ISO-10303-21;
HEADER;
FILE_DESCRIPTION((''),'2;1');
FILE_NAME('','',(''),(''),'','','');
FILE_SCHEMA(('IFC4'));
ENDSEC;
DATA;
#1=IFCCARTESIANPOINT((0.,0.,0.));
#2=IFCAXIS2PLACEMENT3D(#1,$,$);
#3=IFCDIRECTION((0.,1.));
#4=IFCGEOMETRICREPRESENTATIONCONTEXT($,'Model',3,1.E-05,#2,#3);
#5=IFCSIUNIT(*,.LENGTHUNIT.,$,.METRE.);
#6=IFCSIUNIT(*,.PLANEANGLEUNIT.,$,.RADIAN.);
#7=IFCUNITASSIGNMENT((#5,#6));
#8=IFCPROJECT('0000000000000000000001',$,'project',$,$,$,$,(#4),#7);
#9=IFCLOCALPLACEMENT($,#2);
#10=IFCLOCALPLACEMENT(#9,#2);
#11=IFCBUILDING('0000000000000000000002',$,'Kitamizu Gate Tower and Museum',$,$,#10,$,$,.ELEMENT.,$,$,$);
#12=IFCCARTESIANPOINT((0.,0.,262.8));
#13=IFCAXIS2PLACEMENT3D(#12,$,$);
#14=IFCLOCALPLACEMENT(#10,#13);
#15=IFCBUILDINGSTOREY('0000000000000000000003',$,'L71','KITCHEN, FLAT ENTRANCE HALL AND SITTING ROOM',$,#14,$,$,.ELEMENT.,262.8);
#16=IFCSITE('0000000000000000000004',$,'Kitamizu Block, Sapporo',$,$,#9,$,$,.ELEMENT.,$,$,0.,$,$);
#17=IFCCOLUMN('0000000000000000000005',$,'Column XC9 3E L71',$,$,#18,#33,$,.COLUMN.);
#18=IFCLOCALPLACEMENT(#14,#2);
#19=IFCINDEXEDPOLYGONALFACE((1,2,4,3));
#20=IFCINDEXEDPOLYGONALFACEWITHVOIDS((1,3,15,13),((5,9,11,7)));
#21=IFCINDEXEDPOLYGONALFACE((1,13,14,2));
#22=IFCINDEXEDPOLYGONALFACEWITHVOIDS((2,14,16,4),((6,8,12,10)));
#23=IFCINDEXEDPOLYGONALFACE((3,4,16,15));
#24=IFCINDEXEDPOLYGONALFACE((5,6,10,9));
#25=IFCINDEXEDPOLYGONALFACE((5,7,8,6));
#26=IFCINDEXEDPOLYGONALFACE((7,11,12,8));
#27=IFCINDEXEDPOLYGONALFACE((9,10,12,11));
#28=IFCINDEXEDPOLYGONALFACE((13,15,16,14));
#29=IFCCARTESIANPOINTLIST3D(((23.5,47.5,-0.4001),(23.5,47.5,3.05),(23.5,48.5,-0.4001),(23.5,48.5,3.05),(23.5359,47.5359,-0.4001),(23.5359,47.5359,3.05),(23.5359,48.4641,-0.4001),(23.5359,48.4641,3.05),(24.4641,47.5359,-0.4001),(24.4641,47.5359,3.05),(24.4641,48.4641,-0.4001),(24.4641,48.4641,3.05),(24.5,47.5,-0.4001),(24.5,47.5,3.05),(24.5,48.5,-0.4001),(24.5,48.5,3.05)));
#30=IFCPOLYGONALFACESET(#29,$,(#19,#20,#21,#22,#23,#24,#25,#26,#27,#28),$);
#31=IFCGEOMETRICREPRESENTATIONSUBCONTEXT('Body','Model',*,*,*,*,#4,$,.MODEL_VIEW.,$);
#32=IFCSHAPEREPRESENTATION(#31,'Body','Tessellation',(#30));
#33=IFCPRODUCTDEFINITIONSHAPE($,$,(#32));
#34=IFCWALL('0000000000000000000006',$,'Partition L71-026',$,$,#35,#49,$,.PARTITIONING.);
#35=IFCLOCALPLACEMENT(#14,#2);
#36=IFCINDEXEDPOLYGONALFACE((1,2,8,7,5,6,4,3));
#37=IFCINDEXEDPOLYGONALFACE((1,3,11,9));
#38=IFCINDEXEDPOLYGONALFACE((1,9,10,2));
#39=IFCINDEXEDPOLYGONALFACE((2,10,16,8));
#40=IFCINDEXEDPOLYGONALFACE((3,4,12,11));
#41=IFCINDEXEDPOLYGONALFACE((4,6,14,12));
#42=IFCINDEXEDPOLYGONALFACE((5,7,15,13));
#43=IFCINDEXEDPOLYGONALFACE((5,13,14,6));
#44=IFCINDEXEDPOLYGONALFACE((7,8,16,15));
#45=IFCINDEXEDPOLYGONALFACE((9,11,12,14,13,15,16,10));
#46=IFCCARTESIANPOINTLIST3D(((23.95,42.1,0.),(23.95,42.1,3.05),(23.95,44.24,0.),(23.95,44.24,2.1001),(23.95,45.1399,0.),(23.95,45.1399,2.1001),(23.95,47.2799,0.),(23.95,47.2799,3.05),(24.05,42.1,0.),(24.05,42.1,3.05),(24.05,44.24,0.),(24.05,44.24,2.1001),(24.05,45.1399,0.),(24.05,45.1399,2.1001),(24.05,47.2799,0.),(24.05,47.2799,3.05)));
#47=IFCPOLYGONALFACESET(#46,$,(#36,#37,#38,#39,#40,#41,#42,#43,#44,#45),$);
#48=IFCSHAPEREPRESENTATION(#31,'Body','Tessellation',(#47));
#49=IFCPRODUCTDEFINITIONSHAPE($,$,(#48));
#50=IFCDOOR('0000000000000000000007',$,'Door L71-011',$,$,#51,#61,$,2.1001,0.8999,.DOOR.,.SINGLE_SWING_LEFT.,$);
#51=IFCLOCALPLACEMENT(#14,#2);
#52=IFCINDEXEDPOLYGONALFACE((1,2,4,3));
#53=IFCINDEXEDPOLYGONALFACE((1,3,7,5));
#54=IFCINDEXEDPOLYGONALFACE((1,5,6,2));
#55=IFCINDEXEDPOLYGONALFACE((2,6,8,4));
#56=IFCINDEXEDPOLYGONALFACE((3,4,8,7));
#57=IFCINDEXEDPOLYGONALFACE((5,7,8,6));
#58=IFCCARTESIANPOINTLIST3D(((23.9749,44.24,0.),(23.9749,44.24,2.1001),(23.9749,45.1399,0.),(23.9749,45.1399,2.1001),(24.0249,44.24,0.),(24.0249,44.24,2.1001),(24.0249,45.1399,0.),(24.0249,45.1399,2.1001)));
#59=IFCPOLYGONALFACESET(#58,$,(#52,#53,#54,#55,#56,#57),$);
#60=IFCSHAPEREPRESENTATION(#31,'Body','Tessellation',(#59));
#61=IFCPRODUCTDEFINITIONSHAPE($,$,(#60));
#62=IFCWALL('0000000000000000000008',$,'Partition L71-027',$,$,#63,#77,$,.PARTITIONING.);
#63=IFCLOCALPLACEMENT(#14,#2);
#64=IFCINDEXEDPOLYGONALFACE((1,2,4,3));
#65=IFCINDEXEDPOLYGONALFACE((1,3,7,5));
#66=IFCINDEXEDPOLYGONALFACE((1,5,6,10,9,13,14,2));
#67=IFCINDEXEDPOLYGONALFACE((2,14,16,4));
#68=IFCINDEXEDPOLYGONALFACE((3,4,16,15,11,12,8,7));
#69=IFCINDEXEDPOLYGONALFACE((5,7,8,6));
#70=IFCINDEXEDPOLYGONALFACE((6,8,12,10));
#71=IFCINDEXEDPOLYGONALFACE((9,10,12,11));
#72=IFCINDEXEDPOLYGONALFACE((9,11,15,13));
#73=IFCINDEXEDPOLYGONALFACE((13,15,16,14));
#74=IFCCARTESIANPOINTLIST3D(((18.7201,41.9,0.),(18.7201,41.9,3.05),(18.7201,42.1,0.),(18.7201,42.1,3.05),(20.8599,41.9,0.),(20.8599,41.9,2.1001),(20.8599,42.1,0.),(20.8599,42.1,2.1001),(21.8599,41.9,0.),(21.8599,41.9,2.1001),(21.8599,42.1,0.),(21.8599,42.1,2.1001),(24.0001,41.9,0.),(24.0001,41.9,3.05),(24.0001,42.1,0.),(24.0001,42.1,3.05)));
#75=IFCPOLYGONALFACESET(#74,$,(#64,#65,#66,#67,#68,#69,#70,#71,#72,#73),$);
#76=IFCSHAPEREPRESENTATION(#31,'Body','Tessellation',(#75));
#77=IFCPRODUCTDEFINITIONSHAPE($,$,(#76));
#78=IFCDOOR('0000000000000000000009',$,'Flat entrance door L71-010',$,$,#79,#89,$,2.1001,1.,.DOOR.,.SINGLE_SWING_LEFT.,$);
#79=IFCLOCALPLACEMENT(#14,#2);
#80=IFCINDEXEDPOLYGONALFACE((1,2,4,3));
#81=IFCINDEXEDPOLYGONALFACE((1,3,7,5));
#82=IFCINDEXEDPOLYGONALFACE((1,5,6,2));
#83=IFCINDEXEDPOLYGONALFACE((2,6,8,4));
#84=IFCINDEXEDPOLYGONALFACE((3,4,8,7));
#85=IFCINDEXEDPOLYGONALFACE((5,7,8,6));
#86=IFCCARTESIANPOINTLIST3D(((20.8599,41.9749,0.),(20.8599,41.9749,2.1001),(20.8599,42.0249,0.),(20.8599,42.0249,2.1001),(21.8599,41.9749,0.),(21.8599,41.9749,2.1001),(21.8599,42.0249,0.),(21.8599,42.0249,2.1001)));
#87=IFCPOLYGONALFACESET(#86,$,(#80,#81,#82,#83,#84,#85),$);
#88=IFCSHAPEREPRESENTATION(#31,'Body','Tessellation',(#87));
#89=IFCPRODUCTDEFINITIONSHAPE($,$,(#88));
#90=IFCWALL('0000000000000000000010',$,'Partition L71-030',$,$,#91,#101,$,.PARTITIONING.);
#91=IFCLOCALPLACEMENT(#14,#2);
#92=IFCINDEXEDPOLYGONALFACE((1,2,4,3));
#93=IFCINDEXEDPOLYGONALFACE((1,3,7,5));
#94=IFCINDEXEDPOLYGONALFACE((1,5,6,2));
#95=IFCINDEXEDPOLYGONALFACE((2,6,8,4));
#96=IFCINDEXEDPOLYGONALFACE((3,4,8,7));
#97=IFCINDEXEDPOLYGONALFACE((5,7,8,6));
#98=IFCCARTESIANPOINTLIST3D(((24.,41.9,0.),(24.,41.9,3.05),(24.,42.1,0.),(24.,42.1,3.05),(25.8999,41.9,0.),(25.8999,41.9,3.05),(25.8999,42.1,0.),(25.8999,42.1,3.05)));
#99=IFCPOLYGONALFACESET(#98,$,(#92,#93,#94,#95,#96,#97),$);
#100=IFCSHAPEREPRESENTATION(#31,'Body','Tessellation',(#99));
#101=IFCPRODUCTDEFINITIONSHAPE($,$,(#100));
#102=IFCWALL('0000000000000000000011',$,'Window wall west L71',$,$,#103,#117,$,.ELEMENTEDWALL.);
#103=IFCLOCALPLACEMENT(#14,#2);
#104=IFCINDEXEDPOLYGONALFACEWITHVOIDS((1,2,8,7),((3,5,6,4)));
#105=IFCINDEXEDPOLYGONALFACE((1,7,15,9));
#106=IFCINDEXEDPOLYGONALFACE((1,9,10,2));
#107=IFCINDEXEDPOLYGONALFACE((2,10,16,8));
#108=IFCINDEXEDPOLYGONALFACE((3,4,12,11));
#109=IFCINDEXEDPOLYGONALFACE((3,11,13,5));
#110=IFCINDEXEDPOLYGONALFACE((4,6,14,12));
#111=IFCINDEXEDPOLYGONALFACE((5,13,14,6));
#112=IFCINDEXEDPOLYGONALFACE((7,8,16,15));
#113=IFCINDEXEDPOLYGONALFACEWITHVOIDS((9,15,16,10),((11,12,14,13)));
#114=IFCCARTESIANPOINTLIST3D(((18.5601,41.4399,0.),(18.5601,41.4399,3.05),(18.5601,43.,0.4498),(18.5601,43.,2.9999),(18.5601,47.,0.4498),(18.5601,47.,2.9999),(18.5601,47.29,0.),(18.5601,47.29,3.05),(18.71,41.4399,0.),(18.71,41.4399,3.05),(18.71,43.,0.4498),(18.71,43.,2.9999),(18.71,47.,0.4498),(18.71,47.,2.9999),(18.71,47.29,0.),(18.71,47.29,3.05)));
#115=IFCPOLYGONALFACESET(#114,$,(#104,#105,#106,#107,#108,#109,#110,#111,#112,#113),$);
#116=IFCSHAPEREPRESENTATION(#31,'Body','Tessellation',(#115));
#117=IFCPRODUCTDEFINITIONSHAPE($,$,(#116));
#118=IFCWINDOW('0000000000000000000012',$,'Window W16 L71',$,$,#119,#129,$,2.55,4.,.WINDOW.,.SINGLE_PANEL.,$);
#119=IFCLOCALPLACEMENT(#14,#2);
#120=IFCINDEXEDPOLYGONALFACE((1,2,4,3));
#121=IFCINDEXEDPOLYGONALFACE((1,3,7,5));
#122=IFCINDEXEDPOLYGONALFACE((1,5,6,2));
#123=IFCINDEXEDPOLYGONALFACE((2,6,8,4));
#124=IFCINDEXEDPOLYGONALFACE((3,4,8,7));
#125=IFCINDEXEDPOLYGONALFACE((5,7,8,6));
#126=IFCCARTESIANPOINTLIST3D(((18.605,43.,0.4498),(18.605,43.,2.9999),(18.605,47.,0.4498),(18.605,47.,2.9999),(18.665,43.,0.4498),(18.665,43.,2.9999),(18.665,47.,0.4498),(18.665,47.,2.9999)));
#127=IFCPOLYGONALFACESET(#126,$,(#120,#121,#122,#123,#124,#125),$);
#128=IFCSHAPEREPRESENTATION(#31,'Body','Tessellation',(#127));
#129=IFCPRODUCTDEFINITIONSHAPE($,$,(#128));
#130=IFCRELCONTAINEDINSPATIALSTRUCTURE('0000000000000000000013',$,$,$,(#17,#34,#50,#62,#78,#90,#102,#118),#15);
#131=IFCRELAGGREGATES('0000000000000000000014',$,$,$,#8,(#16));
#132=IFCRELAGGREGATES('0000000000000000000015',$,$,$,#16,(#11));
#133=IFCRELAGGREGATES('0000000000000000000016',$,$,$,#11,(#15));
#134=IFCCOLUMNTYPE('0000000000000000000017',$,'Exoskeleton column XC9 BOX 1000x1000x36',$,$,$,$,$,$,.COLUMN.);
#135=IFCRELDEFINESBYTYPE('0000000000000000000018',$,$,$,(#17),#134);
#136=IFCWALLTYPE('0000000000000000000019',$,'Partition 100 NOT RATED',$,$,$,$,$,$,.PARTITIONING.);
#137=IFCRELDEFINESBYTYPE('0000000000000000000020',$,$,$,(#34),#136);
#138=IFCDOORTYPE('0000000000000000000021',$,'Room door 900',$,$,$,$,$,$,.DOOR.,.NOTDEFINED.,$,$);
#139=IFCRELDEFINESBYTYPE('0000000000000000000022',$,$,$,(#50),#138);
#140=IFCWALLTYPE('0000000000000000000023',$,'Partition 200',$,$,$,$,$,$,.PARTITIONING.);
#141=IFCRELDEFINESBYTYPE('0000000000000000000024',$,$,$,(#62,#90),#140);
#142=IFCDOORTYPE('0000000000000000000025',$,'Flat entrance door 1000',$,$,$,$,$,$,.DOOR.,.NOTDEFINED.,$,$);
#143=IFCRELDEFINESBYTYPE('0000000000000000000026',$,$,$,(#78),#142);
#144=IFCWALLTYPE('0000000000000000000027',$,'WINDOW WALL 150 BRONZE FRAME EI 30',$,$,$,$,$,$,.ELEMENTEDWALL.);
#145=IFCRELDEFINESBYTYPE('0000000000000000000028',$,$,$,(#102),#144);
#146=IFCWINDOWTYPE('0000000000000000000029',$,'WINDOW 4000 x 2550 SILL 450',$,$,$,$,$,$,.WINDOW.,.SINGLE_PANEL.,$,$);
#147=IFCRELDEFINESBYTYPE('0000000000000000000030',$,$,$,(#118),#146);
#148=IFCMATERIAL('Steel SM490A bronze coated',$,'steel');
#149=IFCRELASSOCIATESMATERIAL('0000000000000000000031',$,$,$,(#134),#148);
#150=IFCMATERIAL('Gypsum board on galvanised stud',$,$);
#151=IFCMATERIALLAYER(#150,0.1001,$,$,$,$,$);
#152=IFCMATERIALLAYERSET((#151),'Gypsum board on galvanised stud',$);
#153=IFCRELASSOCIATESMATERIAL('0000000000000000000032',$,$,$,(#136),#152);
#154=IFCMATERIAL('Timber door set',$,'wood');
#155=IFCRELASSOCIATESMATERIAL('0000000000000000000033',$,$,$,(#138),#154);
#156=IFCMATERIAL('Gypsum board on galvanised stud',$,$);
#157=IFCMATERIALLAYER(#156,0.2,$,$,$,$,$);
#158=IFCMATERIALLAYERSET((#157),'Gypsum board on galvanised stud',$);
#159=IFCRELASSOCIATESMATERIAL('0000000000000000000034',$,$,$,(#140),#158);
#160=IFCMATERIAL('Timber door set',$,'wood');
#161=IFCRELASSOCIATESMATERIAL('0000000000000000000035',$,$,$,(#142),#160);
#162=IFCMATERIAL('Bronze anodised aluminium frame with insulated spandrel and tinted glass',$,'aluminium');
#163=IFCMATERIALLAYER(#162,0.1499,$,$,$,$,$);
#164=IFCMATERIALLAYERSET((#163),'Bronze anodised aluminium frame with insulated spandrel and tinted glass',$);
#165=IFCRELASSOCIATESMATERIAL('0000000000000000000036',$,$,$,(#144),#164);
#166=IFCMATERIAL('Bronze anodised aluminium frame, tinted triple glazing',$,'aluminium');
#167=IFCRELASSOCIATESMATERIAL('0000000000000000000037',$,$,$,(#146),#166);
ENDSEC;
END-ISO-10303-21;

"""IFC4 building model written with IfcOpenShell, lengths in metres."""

from ifc_helpers import new_model, si_unit, direction, frame, frame_2d, origin, origin_2d, place, context, subcontext, project, spatial, rectangle, hollow_rectangle, extrude, material, layer, layer_set, material_profile, profile_set, type_object, element, fill, save


model = new_model("IFC4")

# Units and contexts
model_context = context("Model", 3, precision=1e-05, world=origin(), true_north=direction((0.0, 1.0)))
body_context = subcontext(model_context, "Body", "Model", "MODEL_VIEW")
ifc_project = project(units=[si_unit("LENGTHUNIT", "METRE"), si_unit("PLANEANGLEUNIT", "RADIAN")], contexts=[model_context])

# Site, building, storey
site_placement = place(None, origin())
site = spatial("IfcSite", under=ifc_project, at=site_placement, Name="Kitamizu Block, Sapporo", CompositionType="ELEMENT", RefElevation=0.0)
building_placement = place(site_placement, origin())
building = spatial("IfcBuilding", under=site, at=building_placement, Name="Kitamizu Gate Tower and Museum", CompositionType="ELEMENT")
storey_placement = place(building_placement, frame((0.0, 0.0, 262.8)))
storey = spatial("IfcBuildingStorey", under=building, at=storey_placement, Name="L71", Description="KITCHEN, FLAT ENTRANCE HALL AND SITTING ROOM", CompositionType="ELEMENT", Elevation=262.8)

# Column
ifc_material_1 = material(Name="Steel SM490A bronze coated", Category="steel")
ifc_material_profile = material_profile(ifc_material_1, hollow_rectangle(XDim=1.0, YDim=1.0, WallThickness=0.0359, at=origin_2d()), Name="BOX 1000x1000x36")
ifc_profile_set = profile_set([ifc_material_profile], Name="Steel SM490A bronze coated")
column_type = type_object("IfcColumnType", Name="Exoskeleton column XC9 BOX 1000x1000x36", PredefinedType="COLUMN", material=ifc_profile_set)
column_placement = place(storey_placement, frame((24.0, 48.0, -0.4001), z_axis=(0.0, 0.0, 1.0), x_axis=(1.0, 0.0, 0.0)))
element("IfcColumn", 1, at=column_placement, inside=storey, type_object=column_type, Name="Column XC9 3E L71", PredefinedType="COLUMN", context=body_context, shape_type="SweptSolid", body=[
    extrude(hollow_rectangle(XDim=1.0, YDim=1.0, WallThickness=0.0359, at=origin_2d()), origin(), (0.0, 0.0, 1.0), 3.4502),
])

# Walls, openings, doors
ifc_material_2 = material(Name="Gypsum board on galvanised stud")
ifc_layer_1 = layer(ifc_material_2, 0.1001)
ifc_layer_set_1 = layer_set([ifc_layer_1], Name="Gypsum board on galvanised stud")
wall_type_1 = type_object("IfcWallType", Name="Partition 100 NOT RATED", PredefinedType="PARTITIONING", material=ifc_layer_set_1)
wall_1_placement = place(storey_placement, frame((24.0, 42.1001, 0.0), z_axis=(0.0, 0.0, 1.0), x_axis=(0.0, 1.0, 0.0)))
wall_1 = element("IfcWall", 2, at=wall_1_placement, inside=storey, type_object=wall_type_1, Name="Partition L71-026", PredefinedType="PARTITIONING", context=body_context, shape_type="SweptSolid", body=[
    extrude(rectangle(XDim=5.1799, YDim=0.1001, at=frame_2d((2.5898, 0.0))), origin(), (0.0, 0.0, 1.0), 3.05),
])
opening_1_placement = place(wall_1_placement, frame((2.1399, 0.0, 0.0)))
opening_1 = element("IfcOpeningElement", 3, at=opening_1_placement, cuts=wall_1, PredefinedType="OPENING", context=body_context, shape_type="SweptSolid", body=[
    extrude(rectangle(XDim=0.8999, YDim=2.1001, at=frame_2d((0.45, 1.05))), frame((0.0, 0.0601, 0.0), z_axis=(0.0, -1.0, 0.0), x_axis=(1.0, 0.0, 0.0)), (0.0, 0.0, 1.0), 0.1201),
])
ifc_material_3 = material(Name="Timber door set", Category="wood")
door_type_1 = type_object("IfcDoorType", Name="Room door 900", OperationType="NOTDEFINED", PredefinedType="DOOR", material=ifc_material_3)
door_1_placement = place(opening_1_placement, frame((0.8999, 0.0, 0.0), x_axis=(-1.0, 0.0, 0.0)))
door_1 = element("IfcDoor", 4, at=door_1_placement, inside=storey, type_object=door_type_1, Name="Door L71-011", OperationType="SINGLE_SWING_LEFT", OverallHeight=2.1001, OverallWidth=0.8999, PredefinedType="DOOR", context=body_context, shape_type="SweptSolid", body=[
    extrude(rectangle(XDim=0.8999, YDim=2.1001, at=frame_2d((0.45, 1.05))), frame((0.0, 0.0249, 0.0), z_axis=(0.0, -1.0, 0.0), x_axis=(1.0, 0.0, 0.0)), (0.0, 0.0, 1.0), 0.05),
])
fill(opening_1, door_1)
ifc_material_4 = material(Name="Gypsum board on galvanised stud")
ifc_layer_2 = layer(ifc_material_4, 0.2)
ifc_layer_set_2 = layer_set([ifc_layer_2], Name="Gypsum board on galvanised stud")
wall_type_2 = type_object("IfcWallType", Name="Partition 200", PredefinedType="PARTITIONING", material=ifc_layer_set_2)
wall_2_placement = place(storey_placement, frame((18.72, 42.0, 0.0), z_axis=(0.0, 0.0, 1.0), x_axis=(1.0, 0.0, 0.0)))
wall_2 = element("IfcWall", 5, at=wall_2_placement, inside=storey, type_object=wall_type_2, Name="Partition L71-027", PredefinedType="PARTITIONING", context=body_context, shape_type="SweptSolid", body=[
    extrude(rectangle(XDim=5.28, YDim=0.2, at=frame_2d((2.6401, 0.0))), origin(), (0.0, 0.0, 1.0), 3.05),
])
opening_2_placement = place(wall_2_placement, frame((2.1399, 0.0, 0.0)))
opening_2 = element("IfcOpeningElement", 6, at=opening_2_placement, cuts=wall_2, PredefinedType="OPENING", context=body_context, shape_type="SweptSolid", body=[
    extrude(rectangle(XDim=1.0, YDim=2.1001, at=frame_2d((0.5, 1.05))), frame((0.0, 0.1099, 0.0), z_axis=(0.0, -1.0, 0.0), x_axis=(1.0, 0.0, 0.0)), (0.0, 0.0, 1.0), 0.22),
])
ifc_material_5 = material(Name="Timber door set", Category="wood")
door_type_2 = type_object("IfcDoorType", Name="Flat entrance door 1000", OperationType="NOTDEFINED", PredefinedType="DOOR", material=ifc_material_5)
door_2_placement = place(opening_2_placement, origin())
door_2 = element("IfcDoor", 7, at=door_2_placement, inside=storey, type_object=door_type_2, Name="Flat entrance door L71-010", OperationType="SINGLE_SWING_LEFT", OverallHeight=2.1001, OverallWidth=1.0, PredefinedType="DOOR", context=body_context, shape_type="SweptSolid", body=[
    extrude(rectangle(XDim=1.0, YDim=2.1001, at=frame_2d((0.5, 1.05))), frame((0.0, 0.0249, 0.0), z_axis=(0.0, -1.0, 0.0), x_axis=(1.0, 0.0, 0.0)), (0.0, 0.0, 1.0), 0.05),
])
fill(opening_2, door_2)

# Wall
wall_3_placement = place(storey_placement, frame((24.0, 42.0, 0.0), z_axis=(0.0, 0.0, 1.0), x_axis=(1.0, 0.0, 0.0)))
element("IfcWall", 8, at=wall_3_placement, inside=storey, type_object=wall_type_2, Name="Partition L71-030", PredefinedType="PARTITIONING", context=body_context, shape_type="SweptSolid", body=[
    extrude(rectangle(XDim=1.8999, YDim=0.2, at=frame_2d((0.95, 0.0))), origin(), (0.0, 0.0, 1.0), 3.05),
])

# Shared definitions
ifc_material_6 = material(Name="Bronze anodised aluminium frame with insulated spandrel and tinted glass", Category="aluminium")
ifc_layer_3 = layer(ifc_material_6, 0.1499)
ifc_layer_set_3 = layer_set([ifc_layer_3], Name="Bronze anodised aluminium frame with insulated spandrel and tinted glass")
wall_type_3 = type_object("IfcWallType", Name="WINDOW WALL 150 BRONZE FRAME EI 30", PredefinedType="ELEMENTEDWALL", material=ifc_layer_set_3)

# Wall, opening, window
wall_4_placement = place(storey_placement, frame((18.635, 41.4399, 0.0), z_axis=(0.0, 0.0, 1.0), x_axis=(0.0, 1.0, 0.0)))
wall_4 = element("IfcWall", 9, at=wall_4_placement, inside=storey, type_object=wall_type_3, Name="Window wall west L71", PredefinedType="ELEMENTEDWALL", context=body_context, shape_type="SweptSolid", body=[
    extrude(rectangle(XDim=5.8501, YDim=0.1499, at=frame_2d((2.925, 0.0))), origin(), (0.0, 0.0, 1.0), 3.05),
])
opening_3_placement = place(wall_4_placement, frame((1.5601, 0.0, 0.45)))
opening_3 = element("IfcOpeningElement", 10, at=opening_3_placement, cuts=wall_4, PredefinedType="OPENING", context=body_context, shape_type="SweptSolid", body=[
    extrude(rectangle(XDim=4.0, YDim=2.55, at=frame_2d((2.0, 1.2749))), frame((0.0, 0.085, 0.0), z_axis=(0.0, -1.0, 0.0), x_axis=(1.0, 0.0, 0.0)), (0.0, 0.0, 1.0), 0.1699),
])
ifc_material_7 = material(Name="Bronze anodised aluminium frame, tinted triple glazing", Category="aluminium")
window_type_1 = type_object("IfcWindowType", Name="WINDOW 4000 x 2550 SILL 450", PartitioningType="SINGLE_PANEL", PredefinedType="WINDOW", material=ifc_material_7)
window_1_placement = place(opening_3_placement, origin())
window_1 = element("IfcWindow", 11, at=window_1_placement, inside=storey, type_object=window_type_1, Name="Window W16 L71", OverallHeight=2.55, OverallWidth=4.0, PartitioningType="SINGLE_PANEL", PredefinedType="WINDOW", context=body_context, shape_type="SweptSolid", body=[
    extrude(rectangle(XDim=4.0, YDim=2.55, at=frame_2d((2.0, 1.2749))), frame((0.0, 0.03, 0.0), z_axis=(0.0, -1.0, 0.0), x_axis=(1.0, 0.0, 0.0)), (0.0, 0.0, 1.0), 0.0601),
])
fill(opening_3, window_1)

save(model, "model.ifc")
